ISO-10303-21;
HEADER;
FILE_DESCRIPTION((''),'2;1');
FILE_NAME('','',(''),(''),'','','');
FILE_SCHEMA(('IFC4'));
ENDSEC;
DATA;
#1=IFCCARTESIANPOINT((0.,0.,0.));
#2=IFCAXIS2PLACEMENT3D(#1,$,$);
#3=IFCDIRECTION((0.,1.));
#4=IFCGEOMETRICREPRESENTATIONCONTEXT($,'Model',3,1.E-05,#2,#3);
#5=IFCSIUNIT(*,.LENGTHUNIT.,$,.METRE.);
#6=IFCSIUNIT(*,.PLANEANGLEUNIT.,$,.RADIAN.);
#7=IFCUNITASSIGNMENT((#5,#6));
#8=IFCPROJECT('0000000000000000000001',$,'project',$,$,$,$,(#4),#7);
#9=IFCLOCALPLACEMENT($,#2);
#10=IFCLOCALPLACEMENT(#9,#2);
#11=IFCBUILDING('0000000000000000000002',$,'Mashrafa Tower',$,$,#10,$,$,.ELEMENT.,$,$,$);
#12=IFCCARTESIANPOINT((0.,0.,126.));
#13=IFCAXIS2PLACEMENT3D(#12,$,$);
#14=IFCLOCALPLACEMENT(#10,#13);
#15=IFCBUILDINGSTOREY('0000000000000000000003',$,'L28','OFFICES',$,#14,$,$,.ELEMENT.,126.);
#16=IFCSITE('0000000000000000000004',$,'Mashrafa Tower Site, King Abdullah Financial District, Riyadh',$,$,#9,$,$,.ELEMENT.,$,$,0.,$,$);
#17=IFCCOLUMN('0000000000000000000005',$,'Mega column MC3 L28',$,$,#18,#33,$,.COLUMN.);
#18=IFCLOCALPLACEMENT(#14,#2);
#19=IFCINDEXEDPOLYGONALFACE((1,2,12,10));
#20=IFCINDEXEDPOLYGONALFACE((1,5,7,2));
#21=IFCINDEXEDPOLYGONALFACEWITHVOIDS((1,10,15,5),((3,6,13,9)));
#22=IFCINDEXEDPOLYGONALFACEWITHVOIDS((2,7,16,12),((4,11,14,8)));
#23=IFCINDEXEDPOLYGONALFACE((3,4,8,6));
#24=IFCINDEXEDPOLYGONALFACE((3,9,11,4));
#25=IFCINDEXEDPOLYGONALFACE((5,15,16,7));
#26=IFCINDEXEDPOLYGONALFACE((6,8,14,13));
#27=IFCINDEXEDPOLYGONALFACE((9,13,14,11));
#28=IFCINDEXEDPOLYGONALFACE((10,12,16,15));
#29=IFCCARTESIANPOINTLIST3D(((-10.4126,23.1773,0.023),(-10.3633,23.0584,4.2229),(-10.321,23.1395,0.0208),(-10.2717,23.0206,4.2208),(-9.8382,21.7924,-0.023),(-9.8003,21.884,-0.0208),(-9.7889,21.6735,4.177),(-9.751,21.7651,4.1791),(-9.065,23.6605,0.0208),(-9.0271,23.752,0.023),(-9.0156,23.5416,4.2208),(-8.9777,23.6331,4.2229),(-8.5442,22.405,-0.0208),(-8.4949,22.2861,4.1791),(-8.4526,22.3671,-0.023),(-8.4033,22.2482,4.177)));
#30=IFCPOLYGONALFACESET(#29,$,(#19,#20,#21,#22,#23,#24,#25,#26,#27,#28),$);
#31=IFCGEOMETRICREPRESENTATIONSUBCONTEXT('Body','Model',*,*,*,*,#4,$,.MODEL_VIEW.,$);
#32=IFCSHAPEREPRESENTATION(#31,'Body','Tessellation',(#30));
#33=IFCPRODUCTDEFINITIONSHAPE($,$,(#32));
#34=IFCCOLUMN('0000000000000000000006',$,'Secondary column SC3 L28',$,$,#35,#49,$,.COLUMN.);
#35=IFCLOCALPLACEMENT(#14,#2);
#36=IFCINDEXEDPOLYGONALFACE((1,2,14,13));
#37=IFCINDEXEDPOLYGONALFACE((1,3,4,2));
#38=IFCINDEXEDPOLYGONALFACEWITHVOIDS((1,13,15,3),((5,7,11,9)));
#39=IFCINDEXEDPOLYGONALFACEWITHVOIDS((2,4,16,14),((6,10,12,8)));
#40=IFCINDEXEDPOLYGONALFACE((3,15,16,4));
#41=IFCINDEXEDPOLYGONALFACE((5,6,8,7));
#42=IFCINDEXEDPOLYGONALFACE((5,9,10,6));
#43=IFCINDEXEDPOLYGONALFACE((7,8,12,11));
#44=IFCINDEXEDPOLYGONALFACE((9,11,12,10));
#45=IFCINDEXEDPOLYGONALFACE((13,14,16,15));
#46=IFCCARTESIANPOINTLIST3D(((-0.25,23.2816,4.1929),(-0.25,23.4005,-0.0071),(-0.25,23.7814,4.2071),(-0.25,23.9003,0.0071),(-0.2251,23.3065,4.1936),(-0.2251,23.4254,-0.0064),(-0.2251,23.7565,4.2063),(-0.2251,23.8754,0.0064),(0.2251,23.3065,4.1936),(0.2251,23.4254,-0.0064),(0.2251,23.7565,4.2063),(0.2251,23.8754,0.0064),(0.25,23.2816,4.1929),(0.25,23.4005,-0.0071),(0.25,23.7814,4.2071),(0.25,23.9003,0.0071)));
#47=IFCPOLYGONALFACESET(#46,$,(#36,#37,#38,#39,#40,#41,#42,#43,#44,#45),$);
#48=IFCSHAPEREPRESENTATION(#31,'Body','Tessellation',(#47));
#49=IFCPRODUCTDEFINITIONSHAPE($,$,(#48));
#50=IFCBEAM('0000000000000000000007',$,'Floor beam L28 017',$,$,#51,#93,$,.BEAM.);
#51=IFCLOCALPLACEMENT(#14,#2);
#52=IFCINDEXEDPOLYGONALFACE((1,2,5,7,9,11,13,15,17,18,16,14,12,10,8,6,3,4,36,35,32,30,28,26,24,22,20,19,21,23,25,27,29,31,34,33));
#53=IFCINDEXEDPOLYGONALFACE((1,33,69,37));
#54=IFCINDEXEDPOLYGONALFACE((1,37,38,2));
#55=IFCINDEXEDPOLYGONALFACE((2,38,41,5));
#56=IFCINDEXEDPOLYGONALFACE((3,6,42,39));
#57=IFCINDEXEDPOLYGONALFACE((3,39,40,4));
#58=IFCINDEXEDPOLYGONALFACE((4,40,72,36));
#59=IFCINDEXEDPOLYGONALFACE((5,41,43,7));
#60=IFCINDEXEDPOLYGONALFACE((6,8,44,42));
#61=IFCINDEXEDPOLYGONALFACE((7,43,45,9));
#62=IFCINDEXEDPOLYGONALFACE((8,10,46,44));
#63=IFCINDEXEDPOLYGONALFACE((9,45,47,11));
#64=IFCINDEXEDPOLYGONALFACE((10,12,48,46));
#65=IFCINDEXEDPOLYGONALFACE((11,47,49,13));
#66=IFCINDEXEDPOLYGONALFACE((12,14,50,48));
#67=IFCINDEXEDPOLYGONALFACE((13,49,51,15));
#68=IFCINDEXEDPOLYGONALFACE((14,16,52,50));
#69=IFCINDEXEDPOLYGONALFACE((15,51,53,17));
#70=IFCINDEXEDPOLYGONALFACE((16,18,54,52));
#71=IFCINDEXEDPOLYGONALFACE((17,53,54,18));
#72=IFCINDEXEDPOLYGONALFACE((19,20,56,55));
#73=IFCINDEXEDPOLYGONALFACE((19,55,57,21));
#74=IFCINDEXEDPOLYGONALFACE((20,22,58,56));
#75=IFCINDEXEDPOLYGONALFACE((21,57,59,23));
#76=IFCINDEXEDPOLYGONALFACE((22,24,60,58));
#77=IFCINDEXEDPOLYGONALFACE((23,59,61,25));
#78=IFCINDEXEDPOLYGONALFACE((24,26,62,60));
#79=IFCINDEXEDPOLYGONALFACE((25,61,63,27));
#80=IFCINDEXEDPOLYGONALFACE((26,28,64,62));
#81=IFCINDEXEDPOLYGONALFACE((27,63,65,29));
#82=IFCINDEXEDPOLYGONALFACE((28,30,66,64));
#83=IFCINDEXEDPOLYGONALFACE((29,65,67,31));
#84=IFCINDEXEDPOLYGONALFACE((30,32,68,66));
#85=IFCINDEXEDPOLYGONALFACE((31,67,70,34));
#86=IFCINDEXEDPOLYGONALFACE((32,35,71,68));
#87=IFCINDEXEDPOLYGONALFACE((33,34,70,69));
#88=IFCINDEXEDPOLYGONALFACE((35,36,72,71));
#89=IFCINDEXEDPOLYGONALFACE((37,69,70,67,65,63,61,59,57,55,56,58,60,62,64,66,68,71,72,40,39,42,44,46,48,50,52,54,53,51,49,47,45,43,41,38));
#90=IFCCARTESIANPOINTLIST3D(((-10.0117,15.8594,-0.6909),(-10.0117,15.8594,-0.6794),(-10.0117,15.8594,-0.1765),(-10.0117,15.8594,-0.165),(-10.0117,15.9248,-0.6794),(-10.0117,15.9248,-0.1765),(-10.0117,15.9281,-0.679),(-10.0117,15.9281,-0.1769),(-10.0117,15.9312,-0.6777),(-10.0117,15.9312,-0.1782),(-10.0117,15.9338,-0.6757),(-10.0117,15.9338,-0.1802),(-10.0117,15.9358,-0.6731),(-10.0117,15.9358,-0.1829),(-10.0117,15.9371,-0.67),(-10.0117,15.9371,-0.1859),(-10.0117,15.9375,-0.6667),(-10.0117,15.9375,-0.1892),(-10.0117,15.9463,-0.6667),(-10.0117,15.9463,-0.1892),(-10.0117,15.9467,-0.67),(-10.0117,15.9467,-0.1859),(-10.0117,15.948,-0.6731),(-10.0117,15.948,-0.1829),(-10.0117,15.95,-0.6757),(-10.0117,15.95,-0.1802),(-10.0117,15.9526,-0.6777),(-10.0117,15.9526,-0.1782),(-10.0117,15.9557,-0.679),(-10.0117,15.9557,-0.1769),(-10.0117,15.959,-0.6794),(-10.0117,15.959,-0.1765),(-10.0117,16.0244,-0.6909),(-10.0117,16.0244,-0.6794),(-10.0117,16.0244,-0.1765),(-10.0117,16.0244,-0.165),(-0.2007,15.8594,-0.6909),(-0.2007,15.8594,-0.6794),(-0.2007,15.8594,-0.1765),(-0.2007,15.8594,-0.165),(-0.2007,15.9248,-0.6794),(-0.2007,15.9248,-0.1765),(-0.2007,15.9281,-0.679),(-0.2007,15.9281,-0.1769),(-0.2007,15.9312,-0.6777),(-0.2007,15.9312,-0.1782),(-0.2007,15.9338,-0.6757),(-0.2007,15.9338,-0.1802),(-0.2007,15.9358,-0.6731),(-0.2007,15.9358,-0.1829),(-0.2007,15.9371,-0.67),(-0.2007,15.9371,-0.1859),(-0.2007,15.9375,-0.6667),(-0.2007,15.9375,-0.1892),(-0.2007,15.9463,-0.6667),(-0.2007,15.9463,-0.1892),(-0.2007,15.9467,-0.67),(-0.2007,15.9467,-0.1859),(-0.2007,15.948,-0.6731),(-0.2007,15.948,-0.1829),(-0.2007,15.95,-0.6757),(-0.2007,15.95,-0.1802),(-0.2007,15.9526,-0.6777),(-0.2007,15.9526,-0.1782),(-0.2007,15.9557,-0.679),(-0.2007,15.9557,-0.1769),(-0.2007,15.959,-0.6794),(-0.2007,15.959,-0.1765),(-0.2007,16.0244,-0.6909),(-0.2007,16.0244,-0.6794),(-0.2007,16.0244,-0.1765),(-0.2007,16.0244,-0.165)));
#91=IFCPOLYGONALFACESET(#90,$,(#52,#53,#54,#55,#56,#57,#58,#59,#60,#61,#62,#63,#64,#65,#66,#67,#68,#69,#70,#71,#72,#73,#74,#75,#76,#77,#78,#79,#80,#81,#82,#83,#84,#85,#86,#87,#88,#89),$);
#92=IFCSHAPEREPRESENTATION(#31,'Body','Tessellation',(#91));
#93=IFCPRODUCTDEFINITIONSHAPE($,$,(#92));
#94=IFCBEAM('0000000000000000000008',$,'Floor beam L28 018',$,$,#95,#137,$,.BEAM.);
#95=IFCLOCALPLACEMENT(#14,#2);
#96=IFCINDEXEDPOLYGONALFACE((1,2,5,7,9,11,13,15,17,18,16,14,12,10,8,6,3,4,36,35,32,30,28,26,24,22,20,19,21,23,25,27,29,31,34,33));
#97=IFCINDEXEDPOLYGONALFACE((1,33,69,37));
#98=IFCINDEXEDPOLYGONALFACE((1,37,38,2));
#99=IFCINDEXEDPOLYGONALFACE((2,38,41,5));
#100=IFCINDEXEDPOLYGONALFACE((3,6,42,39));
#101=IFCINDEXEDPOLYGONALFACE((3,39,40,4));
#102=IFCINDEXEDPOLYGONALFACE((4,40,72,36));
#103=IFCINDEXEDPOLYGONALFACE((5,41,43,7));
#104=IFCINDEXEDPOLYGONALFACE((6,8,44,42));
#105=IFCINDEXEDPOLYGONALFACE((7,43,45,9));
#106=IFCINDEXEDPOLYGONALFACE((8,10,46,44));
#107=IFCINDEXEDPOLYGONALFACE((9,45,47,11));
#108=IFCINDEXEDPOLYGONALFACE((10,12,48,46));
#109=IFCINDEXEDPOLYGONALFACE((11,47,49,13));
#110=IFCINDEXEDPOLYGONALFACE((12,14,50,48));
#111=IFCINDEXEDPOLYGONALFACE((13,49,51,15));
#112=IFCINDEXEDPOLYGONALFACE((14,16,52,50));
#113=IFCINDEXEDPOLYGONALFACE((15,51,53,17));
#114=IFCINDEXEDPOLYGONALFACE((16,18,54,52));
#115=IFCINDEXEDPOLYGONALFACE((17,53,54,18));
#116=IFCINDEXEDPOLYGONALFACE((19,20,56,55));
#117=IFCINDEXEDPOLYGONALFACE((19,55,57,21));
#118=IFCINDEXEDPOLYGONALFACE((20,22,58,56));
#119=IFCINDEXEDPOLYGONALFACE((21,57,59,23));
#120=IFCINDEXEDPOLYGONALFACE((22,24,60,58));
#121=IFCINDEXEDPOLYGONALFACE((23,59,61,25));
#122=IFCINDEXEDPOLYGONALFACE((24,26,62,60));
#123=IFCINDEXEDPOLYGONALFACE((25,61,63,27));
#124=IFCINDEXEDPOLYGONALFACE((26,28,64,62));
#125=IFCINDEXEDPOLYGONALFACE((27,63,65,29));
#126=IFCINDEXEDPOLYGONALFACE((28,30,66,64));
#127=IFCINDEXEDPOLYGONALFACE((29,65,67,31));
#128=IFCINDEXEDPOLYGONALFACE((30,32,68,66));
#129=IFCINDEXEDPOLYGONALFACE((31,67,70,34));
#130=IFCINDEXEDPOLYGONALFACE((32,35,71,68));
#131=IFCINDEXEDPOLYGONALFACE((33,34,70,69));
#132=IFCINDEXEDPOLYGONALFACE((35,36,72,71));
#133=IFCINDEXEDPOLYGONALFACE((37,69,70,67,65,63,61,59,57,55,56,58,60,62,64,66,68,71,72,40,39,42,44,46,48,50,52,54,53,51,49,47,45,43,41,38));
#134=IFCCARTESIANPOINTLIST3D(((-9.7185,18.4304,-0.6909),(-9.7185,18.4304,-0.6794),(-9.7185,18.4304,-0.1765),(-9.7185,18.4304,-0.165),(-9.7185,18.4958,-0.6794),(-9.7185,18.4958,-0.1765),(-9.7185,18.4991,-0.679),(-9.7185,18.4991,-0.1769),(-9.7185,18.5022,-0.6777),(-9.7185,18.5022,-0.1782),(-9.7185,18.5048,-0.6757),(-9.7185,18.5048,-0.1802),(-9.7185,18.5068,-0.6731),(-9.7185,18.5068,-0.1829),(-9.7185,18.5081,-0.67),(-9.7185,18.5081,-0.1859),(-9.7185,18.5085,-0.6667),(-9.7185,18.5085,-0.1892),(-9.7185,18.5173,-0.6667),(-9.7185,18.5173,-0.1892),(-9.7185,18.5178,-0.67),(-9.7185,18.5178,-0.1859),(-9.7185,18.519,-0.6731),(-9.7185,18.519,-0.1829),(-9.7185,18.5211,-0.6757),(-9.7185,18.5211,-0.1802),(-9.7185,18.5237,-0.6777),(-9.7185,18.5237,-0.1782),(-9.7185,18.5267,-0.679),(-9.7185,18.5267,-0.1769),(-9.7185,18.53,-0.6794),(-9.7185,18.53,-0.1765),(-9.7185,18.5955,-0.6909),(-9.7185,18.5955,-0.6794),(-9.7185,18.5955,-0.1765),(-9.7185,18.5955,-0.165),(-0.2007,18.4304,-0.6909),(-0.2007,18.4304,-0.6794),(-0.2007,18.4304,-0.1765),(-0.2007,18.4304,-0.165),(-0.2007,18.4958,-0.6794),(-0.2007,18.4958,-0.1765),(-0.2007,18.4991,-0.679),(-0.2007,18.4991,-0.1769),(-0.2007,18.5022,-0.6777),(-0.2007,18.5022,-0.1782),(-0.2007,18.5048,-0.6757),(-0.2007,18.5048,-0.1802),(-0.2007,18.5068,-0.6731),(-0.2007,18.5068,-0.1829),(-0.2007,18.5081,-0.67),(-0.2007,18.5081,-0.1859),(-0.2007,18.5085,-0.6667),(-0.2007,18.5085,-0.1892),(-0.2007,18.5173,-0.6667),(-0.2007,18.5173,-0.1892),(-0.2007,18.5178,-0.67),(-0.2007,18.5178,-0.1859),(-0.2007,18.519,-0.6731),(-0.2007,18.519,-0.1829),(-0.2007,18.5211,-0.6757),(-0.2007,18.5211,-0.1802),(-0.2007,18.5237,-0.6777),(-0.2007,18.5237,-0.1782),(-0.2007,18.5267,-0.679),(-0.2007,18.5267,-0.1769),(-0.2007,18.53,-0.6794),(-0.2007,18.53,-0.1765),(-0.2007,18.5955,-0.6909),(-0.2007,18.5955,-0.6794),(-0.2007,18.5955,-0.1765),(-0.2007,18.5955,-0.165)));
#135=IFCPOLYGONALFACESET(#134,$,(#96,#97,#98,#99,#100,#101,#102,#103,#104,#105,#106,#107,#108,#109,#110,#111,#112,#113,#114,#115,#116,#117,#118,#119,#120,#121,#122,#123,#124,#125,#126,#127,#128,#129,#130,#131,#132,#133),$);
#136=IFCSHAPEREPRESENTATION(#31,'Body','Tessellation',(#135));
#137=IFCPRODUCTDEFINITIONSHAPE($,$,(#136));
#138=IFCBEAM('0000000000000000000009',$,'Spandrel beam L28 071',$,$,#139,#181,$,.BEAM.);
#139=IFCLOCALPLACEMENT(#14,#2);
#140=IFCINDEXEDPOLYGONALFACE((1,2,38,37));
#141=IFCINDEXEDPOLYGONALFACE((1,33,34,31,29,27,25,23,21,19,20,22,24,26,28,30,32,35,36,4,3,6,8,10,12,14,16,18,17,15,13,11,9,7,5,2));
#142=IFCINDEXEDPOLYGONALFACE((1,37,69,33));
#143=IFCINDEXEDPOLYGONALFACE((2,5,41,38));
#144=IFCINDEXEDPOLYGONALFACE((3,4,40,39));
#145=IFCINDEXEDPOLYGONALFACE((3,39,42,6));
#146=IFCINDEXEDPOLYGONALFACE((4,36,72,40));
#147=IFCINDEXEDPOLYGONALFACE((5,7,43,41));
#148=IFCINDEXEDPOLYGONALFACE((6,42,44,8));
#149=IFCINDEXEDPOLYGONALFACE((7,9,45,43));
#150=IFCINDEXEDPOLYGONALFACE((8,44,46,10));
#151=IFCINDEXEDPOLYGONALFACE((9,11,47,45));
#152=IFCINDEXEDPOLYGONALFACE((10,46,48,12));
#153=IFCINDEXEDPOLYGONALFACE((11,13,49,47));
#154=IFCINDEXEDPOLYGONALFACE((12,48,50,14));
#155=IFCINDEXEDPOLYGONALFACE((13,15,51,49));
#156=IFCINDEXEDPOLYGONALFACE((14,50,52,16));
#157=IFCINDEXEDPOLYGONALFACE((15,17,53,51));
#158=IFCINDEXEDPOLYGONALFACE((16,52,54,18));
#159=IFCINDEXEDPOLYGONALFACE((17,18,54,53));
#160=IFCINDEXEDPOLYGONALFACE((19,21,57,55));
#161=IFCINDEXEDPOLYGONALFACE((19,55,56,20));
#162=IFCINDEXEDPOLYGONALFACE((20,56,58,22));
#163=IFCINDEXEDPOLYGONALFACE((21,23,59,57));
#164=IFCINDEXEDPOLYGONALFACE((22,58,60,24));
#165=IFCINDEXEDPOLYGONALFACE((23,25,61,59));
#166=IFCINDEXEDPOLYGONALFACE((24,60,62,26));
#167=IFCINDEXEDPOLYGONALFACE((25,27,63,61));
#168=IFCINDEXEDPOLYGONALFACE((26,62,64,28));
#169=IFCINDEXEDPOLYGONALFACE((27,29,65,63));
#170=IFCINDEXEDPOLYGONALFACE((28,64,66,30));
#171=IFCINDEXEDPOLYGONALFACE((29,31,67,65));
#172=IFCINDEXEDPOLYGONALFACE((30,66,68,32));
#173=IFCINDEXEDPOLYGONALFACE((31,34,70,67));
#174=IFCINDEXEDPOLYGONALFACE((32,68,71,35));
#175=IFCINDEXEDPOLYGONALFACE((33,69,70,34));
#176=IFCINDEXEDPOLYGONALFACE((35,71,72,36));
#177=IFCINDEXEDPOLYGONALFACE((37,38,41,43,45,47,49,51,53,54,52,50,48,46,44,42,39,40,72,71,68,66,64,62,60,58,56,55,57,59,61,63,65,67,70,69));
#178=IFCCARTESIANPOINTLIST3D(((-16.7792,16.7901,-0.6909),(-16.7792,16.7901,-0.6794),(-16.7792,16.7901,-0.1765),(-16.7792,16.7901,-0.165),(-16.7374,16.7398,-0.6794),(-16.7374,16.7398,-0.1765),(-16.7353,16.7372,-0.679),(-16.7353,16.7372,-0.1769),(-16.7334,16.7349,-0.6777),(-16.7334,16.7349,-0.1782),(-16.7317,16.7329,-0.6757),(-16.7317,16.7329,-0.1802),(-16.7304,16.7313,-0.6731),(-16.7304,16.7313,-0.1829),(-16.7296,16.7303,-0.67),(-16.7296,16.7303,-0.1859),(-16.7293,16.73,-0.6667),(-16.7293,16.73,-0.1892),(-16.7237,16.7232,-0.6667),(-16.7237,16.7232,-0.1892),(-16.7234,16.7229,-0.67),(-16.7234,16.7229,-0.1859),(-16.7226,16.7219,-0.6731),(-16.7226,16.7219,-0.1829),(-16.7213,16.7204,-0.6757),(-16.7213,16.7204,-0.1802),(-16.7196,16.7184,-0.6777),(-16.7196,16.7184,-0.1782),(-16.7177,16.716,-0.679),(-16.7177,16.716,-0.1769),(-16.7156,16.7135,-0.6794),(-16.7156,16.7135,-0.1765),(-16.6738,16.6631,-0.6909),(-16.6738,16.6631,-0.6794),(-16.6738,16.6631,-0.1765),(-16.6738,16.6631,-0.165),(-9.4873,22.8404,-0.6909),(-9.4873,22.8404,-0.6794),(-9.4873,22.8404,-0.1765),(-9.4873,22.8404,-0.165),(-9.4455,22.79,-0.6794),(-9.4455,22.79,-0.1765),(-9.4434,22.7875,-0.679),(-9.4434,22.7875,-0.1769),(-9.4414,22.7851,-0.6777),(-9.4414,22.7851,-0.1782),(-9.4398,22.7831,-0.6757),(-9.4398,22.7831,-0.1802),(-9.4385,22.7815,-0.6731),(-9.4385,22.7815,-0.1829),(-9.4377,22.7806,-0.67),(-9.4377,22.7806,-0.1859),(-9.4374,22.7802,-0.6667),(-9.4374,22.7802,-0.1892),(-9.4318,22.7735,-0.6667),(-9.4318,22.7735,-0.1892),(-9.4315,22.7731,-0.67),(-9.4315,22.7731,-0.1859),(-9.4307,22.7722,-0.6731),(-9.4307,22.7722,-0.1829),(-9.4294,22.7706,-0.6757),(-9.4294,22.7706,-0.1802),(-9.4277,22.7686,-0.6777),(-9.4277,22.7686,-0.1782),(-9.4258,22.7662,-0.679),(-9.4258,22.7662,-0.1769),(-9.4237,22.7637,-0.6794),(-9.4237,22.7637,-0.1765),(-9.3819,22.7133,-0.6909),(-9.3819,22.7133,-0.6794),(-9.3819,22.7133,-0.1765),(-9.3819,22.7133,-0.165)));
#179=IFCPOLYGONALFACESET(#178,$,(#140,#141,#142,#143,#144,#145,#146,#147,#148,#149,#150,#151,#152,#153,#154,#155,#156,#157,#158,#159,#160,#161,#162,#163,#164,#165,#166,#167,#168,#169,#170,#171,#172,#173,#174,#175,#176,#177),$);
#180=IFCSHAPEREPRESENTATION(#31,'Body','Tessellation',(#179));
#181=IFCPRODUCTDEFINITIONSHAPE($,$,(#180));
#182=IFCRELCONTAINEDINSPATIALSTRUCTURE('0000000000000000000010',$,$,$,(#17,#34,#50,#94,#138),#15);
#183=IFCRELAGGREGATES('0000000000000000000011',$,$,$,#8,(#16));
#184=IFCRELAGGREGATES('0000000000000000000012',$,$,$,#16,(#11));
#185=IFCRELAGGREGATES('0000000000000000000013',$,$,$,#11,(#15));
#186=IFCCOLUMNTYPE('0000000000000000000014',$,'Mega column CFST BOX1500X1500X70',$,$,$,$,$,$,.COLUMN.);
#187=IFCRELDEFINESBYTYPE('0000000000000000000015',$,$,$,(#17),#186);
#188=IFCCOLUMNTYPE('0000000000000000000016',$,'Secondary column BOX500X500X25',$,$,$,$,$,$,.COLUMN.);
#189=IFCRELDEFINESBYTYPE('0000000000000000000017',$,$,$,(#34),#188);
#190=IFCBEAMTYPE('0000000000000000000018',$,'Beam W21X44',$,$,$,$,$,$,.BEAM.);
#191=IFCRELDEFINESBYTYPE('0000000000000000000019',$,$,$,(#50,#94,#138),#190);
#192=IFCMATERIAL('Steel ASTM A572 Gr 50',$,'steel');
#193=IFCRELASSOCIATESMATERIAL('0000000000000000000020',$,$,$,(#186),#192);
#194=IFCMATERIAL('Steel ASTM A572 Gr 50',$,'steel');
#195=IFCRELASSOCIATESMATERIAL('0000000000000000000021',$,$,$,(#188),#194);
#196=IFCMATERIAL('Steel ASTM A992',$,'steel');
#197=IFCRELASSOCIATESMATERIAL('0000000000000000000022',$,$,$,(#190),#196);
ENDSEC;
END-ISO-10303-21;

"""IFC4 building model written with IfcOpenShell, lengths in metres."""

from ifc_helpers import new_model, si_unit, direction, frame, origin, origin_2d, place, context, subcontext, project, spatial, hollow_rectangle, i_section, extrude, material, material_profile, profile_set, type_object, element, save


model = new_model("IFC4")

# Units and contexts
model_context = context("Model", 3, precision=1e-05, world=origin(), true_north=direction((0.0, 1.0)))
body_context = subcontext(model_context, "Body", "Model", "MODEL_VIEW")
ifc_project = project(units=[si_unit("LENGTHUNIT", "METRE"), si_unit("PLANEANGLEUNIT", "RADIAN")], contexts=[model_context])

# Site, building, storey
site_placement = place(None, origin())
site = spatial("IfcSite", under=ifc_project, at=site_placement, Name="Mashrafa Tower Site, King Abdullah Financial District, Riyadh", CompositionType="ELEMENT", RefElevation=0.0)
building_placement = place(site_placement, origin())
building = spatial("IfcBuilding", under=site, at=building_placement, Name="Mashrafa Tower", CompositionType="ELEMENT")
storey_placement = place(building_placement, frame((0.0, 0.0, 126.0)))
storey = spatial("IfcBuildingStorey", under=building, at=storey_placement, Name="L28", Description="OFFICES", CompositionType="ELEMENT", Elevation=126.0)

# Columns
ifc_material_1 = material(Name="Steel ASTM A572 Gr 50", Category="steel")
ifc_material_profile_1 = material_profile(ifc_material_1, hollow_rectangle(XDim=1.5, YDim=1.5, WallThickness=0.0701, at=origin_2d()), Name="BOX1500X1500X70")
ifc_profile_set_1 = profile_set([ifc_material_profile_1], Name="Steel ASTM A572 Gr 50")
column_type_1 = type_object("IfcColumnType", Name="Mega column CFST BOX1500X1500X70", PredefinedType="COLUMN", material=ifc_profile_set_1)
column_1_placement = place(storey_placement, frame((-9.4326, 22.7722, 0.0), z_axis=(0.011737, -0.028296, 0.999531), x_axis=(0.923693, 0.383133, 0.0)))
element("IfcColumn", 1, at=column_1_placement, inside=storey, type_object=column_type_1, Name="Mega column MC3 L28", PredefinedType="COLUMN", context=body_context, shape_type="SweptSolid", body=[
    extrude(hollow_rectangle(XDim=1.5, YDim=1.5, WallThickness=0.0701, at=origin_2d()), origin(), (0.0, 0.0, 1.0), 4.2019),
])
ifc_material_2 = material(Name="Steel ASTM A572 Gr 50", Category="steel")
ifc_material_profile_2 = material_profile(ifc_material_2, hollow_rectangle(XDim=0.5, YDim=0.5, WallThickness=0.0249, at=origin_2d()), Name="BOX500X500X25")
ifc_profile_set_2 = profile_set([ifc_material_profile_2], Name="Steel ASTM A572 Gr 50")
column_type_2 = type_object("IfcColumnType", Name="Secondary column BOX500X500X25", PredefinedType="COLUMN", material=ifc_profile_set_2)
column_2_placement = place(storey_placement, frame((0.0, 23.6504, 0.0), z_axis=(0.0, -0.028298, 0.9996), x_axis=(1.0, 0.0, 0.0)))
element("IfcColumn", 2, at=column_2_placement, inside=storey, type_object=column_type_2, Name="Secondary column SC3 L28", PredefinedType="COLUMN", context=body_context, shape_type="SweptSolid", body=[
    extrude(hollow_rectangle(XDim=0.5, YDim=0.5, WallThickness=0.0249, at=origin_2d()), origin(), (0.0, 0.0, 1.0), 4.2017),
])

# Beams
ifc_material_3 = material(Name="Steel ASTM A992", Category="steel")
ifc_material_profile_3 = material_profile(ifc_material_3, i_section(OverallWidth=0.165, OverallDepth=0.5259, WebThickness=0.0088, FlangeThickness=0.0115, FilletRadius=0.0127, at=origin_2d()), Name="W21X44")
ifc_profile_set_3 = profile_set([ifc_material_profile_3], Name="Steel ASTM A992")
beam_type_1 = type_object("IfcBeamType", Name="Beam W21X44", PredefinedType="BEAM", material=ifc_profile_set_3)
beam_1_placement = place(storey_placement, frame((-10.0117, 15.9419, -0.428), z_axis=(1.0, 0.0, 0.0), x_axis=(0.0, 1.0, 0.0)))
element("IfcBeam", 3, at=beam_1_placement, inside=storey, type_object=beam_type_1, Name="Floor beam L28 017", PredefinedType="BEAM", context=body_context, shape_type="SweptSolid", body=[
    extrude(i_section(OverallWidth=0.165, OverallDepth=0.5259, WebThickness=0.0088, FlangeThickness=0.0115, FilletRadius=0.0127, at=origin_2d()), origin(), (0.0, 0.0, 1.0), 9.811),
])
beam_2_placement = place(storey_placement, frame((-9.7185, 18.5129, -0.428), z_axis=(1.0, 0.0, 0.0), x_axis=(0.0, 1.0, 0.0)))
element("IfcBeam", 4, at=beam_2_placement, inside=storey, type_object=beam_type_1, Name="Floor beam L28 018", PredefinedType="BEAM", context=body_context, shape_type="SweptSolid", body=[
    extrude(i_section(OverallWidth=0.165, OverallDepth=0.5259, WebThickness=0.0088, FlangeThickness=0.0115, FilletRadius=0.0127, at=origin_2d()), origin(), (0.0, 0.0, 1.0), 9.5178),
])
beam_3_placement = place(storey_placement, frame((-9.4346, 22.7769, -0.428), z_axis=(-0.769588, -0.638541, 0.0), x_axis=(0.638541, -0.769588, 0.0)))
element("IfcBeam", 5, at=beam_3_placement, inside=storey, type_object=beam_type_1, Name="Spandrel beam L28 071", PredefinedType="BEAM", context=body_context, shape_type="SweptSolid", body=[
    extrude(i_section(OverallWidth=0.165, OverallDepth=0.5259, WebThickness=0.0088, FlangeThickness=0.0115, FilletRadius=0.0127, at=origin_2d()), origin(), (0.0, 0.0, 1.0), 9.4751),
])

save(model, "model.ifc")
